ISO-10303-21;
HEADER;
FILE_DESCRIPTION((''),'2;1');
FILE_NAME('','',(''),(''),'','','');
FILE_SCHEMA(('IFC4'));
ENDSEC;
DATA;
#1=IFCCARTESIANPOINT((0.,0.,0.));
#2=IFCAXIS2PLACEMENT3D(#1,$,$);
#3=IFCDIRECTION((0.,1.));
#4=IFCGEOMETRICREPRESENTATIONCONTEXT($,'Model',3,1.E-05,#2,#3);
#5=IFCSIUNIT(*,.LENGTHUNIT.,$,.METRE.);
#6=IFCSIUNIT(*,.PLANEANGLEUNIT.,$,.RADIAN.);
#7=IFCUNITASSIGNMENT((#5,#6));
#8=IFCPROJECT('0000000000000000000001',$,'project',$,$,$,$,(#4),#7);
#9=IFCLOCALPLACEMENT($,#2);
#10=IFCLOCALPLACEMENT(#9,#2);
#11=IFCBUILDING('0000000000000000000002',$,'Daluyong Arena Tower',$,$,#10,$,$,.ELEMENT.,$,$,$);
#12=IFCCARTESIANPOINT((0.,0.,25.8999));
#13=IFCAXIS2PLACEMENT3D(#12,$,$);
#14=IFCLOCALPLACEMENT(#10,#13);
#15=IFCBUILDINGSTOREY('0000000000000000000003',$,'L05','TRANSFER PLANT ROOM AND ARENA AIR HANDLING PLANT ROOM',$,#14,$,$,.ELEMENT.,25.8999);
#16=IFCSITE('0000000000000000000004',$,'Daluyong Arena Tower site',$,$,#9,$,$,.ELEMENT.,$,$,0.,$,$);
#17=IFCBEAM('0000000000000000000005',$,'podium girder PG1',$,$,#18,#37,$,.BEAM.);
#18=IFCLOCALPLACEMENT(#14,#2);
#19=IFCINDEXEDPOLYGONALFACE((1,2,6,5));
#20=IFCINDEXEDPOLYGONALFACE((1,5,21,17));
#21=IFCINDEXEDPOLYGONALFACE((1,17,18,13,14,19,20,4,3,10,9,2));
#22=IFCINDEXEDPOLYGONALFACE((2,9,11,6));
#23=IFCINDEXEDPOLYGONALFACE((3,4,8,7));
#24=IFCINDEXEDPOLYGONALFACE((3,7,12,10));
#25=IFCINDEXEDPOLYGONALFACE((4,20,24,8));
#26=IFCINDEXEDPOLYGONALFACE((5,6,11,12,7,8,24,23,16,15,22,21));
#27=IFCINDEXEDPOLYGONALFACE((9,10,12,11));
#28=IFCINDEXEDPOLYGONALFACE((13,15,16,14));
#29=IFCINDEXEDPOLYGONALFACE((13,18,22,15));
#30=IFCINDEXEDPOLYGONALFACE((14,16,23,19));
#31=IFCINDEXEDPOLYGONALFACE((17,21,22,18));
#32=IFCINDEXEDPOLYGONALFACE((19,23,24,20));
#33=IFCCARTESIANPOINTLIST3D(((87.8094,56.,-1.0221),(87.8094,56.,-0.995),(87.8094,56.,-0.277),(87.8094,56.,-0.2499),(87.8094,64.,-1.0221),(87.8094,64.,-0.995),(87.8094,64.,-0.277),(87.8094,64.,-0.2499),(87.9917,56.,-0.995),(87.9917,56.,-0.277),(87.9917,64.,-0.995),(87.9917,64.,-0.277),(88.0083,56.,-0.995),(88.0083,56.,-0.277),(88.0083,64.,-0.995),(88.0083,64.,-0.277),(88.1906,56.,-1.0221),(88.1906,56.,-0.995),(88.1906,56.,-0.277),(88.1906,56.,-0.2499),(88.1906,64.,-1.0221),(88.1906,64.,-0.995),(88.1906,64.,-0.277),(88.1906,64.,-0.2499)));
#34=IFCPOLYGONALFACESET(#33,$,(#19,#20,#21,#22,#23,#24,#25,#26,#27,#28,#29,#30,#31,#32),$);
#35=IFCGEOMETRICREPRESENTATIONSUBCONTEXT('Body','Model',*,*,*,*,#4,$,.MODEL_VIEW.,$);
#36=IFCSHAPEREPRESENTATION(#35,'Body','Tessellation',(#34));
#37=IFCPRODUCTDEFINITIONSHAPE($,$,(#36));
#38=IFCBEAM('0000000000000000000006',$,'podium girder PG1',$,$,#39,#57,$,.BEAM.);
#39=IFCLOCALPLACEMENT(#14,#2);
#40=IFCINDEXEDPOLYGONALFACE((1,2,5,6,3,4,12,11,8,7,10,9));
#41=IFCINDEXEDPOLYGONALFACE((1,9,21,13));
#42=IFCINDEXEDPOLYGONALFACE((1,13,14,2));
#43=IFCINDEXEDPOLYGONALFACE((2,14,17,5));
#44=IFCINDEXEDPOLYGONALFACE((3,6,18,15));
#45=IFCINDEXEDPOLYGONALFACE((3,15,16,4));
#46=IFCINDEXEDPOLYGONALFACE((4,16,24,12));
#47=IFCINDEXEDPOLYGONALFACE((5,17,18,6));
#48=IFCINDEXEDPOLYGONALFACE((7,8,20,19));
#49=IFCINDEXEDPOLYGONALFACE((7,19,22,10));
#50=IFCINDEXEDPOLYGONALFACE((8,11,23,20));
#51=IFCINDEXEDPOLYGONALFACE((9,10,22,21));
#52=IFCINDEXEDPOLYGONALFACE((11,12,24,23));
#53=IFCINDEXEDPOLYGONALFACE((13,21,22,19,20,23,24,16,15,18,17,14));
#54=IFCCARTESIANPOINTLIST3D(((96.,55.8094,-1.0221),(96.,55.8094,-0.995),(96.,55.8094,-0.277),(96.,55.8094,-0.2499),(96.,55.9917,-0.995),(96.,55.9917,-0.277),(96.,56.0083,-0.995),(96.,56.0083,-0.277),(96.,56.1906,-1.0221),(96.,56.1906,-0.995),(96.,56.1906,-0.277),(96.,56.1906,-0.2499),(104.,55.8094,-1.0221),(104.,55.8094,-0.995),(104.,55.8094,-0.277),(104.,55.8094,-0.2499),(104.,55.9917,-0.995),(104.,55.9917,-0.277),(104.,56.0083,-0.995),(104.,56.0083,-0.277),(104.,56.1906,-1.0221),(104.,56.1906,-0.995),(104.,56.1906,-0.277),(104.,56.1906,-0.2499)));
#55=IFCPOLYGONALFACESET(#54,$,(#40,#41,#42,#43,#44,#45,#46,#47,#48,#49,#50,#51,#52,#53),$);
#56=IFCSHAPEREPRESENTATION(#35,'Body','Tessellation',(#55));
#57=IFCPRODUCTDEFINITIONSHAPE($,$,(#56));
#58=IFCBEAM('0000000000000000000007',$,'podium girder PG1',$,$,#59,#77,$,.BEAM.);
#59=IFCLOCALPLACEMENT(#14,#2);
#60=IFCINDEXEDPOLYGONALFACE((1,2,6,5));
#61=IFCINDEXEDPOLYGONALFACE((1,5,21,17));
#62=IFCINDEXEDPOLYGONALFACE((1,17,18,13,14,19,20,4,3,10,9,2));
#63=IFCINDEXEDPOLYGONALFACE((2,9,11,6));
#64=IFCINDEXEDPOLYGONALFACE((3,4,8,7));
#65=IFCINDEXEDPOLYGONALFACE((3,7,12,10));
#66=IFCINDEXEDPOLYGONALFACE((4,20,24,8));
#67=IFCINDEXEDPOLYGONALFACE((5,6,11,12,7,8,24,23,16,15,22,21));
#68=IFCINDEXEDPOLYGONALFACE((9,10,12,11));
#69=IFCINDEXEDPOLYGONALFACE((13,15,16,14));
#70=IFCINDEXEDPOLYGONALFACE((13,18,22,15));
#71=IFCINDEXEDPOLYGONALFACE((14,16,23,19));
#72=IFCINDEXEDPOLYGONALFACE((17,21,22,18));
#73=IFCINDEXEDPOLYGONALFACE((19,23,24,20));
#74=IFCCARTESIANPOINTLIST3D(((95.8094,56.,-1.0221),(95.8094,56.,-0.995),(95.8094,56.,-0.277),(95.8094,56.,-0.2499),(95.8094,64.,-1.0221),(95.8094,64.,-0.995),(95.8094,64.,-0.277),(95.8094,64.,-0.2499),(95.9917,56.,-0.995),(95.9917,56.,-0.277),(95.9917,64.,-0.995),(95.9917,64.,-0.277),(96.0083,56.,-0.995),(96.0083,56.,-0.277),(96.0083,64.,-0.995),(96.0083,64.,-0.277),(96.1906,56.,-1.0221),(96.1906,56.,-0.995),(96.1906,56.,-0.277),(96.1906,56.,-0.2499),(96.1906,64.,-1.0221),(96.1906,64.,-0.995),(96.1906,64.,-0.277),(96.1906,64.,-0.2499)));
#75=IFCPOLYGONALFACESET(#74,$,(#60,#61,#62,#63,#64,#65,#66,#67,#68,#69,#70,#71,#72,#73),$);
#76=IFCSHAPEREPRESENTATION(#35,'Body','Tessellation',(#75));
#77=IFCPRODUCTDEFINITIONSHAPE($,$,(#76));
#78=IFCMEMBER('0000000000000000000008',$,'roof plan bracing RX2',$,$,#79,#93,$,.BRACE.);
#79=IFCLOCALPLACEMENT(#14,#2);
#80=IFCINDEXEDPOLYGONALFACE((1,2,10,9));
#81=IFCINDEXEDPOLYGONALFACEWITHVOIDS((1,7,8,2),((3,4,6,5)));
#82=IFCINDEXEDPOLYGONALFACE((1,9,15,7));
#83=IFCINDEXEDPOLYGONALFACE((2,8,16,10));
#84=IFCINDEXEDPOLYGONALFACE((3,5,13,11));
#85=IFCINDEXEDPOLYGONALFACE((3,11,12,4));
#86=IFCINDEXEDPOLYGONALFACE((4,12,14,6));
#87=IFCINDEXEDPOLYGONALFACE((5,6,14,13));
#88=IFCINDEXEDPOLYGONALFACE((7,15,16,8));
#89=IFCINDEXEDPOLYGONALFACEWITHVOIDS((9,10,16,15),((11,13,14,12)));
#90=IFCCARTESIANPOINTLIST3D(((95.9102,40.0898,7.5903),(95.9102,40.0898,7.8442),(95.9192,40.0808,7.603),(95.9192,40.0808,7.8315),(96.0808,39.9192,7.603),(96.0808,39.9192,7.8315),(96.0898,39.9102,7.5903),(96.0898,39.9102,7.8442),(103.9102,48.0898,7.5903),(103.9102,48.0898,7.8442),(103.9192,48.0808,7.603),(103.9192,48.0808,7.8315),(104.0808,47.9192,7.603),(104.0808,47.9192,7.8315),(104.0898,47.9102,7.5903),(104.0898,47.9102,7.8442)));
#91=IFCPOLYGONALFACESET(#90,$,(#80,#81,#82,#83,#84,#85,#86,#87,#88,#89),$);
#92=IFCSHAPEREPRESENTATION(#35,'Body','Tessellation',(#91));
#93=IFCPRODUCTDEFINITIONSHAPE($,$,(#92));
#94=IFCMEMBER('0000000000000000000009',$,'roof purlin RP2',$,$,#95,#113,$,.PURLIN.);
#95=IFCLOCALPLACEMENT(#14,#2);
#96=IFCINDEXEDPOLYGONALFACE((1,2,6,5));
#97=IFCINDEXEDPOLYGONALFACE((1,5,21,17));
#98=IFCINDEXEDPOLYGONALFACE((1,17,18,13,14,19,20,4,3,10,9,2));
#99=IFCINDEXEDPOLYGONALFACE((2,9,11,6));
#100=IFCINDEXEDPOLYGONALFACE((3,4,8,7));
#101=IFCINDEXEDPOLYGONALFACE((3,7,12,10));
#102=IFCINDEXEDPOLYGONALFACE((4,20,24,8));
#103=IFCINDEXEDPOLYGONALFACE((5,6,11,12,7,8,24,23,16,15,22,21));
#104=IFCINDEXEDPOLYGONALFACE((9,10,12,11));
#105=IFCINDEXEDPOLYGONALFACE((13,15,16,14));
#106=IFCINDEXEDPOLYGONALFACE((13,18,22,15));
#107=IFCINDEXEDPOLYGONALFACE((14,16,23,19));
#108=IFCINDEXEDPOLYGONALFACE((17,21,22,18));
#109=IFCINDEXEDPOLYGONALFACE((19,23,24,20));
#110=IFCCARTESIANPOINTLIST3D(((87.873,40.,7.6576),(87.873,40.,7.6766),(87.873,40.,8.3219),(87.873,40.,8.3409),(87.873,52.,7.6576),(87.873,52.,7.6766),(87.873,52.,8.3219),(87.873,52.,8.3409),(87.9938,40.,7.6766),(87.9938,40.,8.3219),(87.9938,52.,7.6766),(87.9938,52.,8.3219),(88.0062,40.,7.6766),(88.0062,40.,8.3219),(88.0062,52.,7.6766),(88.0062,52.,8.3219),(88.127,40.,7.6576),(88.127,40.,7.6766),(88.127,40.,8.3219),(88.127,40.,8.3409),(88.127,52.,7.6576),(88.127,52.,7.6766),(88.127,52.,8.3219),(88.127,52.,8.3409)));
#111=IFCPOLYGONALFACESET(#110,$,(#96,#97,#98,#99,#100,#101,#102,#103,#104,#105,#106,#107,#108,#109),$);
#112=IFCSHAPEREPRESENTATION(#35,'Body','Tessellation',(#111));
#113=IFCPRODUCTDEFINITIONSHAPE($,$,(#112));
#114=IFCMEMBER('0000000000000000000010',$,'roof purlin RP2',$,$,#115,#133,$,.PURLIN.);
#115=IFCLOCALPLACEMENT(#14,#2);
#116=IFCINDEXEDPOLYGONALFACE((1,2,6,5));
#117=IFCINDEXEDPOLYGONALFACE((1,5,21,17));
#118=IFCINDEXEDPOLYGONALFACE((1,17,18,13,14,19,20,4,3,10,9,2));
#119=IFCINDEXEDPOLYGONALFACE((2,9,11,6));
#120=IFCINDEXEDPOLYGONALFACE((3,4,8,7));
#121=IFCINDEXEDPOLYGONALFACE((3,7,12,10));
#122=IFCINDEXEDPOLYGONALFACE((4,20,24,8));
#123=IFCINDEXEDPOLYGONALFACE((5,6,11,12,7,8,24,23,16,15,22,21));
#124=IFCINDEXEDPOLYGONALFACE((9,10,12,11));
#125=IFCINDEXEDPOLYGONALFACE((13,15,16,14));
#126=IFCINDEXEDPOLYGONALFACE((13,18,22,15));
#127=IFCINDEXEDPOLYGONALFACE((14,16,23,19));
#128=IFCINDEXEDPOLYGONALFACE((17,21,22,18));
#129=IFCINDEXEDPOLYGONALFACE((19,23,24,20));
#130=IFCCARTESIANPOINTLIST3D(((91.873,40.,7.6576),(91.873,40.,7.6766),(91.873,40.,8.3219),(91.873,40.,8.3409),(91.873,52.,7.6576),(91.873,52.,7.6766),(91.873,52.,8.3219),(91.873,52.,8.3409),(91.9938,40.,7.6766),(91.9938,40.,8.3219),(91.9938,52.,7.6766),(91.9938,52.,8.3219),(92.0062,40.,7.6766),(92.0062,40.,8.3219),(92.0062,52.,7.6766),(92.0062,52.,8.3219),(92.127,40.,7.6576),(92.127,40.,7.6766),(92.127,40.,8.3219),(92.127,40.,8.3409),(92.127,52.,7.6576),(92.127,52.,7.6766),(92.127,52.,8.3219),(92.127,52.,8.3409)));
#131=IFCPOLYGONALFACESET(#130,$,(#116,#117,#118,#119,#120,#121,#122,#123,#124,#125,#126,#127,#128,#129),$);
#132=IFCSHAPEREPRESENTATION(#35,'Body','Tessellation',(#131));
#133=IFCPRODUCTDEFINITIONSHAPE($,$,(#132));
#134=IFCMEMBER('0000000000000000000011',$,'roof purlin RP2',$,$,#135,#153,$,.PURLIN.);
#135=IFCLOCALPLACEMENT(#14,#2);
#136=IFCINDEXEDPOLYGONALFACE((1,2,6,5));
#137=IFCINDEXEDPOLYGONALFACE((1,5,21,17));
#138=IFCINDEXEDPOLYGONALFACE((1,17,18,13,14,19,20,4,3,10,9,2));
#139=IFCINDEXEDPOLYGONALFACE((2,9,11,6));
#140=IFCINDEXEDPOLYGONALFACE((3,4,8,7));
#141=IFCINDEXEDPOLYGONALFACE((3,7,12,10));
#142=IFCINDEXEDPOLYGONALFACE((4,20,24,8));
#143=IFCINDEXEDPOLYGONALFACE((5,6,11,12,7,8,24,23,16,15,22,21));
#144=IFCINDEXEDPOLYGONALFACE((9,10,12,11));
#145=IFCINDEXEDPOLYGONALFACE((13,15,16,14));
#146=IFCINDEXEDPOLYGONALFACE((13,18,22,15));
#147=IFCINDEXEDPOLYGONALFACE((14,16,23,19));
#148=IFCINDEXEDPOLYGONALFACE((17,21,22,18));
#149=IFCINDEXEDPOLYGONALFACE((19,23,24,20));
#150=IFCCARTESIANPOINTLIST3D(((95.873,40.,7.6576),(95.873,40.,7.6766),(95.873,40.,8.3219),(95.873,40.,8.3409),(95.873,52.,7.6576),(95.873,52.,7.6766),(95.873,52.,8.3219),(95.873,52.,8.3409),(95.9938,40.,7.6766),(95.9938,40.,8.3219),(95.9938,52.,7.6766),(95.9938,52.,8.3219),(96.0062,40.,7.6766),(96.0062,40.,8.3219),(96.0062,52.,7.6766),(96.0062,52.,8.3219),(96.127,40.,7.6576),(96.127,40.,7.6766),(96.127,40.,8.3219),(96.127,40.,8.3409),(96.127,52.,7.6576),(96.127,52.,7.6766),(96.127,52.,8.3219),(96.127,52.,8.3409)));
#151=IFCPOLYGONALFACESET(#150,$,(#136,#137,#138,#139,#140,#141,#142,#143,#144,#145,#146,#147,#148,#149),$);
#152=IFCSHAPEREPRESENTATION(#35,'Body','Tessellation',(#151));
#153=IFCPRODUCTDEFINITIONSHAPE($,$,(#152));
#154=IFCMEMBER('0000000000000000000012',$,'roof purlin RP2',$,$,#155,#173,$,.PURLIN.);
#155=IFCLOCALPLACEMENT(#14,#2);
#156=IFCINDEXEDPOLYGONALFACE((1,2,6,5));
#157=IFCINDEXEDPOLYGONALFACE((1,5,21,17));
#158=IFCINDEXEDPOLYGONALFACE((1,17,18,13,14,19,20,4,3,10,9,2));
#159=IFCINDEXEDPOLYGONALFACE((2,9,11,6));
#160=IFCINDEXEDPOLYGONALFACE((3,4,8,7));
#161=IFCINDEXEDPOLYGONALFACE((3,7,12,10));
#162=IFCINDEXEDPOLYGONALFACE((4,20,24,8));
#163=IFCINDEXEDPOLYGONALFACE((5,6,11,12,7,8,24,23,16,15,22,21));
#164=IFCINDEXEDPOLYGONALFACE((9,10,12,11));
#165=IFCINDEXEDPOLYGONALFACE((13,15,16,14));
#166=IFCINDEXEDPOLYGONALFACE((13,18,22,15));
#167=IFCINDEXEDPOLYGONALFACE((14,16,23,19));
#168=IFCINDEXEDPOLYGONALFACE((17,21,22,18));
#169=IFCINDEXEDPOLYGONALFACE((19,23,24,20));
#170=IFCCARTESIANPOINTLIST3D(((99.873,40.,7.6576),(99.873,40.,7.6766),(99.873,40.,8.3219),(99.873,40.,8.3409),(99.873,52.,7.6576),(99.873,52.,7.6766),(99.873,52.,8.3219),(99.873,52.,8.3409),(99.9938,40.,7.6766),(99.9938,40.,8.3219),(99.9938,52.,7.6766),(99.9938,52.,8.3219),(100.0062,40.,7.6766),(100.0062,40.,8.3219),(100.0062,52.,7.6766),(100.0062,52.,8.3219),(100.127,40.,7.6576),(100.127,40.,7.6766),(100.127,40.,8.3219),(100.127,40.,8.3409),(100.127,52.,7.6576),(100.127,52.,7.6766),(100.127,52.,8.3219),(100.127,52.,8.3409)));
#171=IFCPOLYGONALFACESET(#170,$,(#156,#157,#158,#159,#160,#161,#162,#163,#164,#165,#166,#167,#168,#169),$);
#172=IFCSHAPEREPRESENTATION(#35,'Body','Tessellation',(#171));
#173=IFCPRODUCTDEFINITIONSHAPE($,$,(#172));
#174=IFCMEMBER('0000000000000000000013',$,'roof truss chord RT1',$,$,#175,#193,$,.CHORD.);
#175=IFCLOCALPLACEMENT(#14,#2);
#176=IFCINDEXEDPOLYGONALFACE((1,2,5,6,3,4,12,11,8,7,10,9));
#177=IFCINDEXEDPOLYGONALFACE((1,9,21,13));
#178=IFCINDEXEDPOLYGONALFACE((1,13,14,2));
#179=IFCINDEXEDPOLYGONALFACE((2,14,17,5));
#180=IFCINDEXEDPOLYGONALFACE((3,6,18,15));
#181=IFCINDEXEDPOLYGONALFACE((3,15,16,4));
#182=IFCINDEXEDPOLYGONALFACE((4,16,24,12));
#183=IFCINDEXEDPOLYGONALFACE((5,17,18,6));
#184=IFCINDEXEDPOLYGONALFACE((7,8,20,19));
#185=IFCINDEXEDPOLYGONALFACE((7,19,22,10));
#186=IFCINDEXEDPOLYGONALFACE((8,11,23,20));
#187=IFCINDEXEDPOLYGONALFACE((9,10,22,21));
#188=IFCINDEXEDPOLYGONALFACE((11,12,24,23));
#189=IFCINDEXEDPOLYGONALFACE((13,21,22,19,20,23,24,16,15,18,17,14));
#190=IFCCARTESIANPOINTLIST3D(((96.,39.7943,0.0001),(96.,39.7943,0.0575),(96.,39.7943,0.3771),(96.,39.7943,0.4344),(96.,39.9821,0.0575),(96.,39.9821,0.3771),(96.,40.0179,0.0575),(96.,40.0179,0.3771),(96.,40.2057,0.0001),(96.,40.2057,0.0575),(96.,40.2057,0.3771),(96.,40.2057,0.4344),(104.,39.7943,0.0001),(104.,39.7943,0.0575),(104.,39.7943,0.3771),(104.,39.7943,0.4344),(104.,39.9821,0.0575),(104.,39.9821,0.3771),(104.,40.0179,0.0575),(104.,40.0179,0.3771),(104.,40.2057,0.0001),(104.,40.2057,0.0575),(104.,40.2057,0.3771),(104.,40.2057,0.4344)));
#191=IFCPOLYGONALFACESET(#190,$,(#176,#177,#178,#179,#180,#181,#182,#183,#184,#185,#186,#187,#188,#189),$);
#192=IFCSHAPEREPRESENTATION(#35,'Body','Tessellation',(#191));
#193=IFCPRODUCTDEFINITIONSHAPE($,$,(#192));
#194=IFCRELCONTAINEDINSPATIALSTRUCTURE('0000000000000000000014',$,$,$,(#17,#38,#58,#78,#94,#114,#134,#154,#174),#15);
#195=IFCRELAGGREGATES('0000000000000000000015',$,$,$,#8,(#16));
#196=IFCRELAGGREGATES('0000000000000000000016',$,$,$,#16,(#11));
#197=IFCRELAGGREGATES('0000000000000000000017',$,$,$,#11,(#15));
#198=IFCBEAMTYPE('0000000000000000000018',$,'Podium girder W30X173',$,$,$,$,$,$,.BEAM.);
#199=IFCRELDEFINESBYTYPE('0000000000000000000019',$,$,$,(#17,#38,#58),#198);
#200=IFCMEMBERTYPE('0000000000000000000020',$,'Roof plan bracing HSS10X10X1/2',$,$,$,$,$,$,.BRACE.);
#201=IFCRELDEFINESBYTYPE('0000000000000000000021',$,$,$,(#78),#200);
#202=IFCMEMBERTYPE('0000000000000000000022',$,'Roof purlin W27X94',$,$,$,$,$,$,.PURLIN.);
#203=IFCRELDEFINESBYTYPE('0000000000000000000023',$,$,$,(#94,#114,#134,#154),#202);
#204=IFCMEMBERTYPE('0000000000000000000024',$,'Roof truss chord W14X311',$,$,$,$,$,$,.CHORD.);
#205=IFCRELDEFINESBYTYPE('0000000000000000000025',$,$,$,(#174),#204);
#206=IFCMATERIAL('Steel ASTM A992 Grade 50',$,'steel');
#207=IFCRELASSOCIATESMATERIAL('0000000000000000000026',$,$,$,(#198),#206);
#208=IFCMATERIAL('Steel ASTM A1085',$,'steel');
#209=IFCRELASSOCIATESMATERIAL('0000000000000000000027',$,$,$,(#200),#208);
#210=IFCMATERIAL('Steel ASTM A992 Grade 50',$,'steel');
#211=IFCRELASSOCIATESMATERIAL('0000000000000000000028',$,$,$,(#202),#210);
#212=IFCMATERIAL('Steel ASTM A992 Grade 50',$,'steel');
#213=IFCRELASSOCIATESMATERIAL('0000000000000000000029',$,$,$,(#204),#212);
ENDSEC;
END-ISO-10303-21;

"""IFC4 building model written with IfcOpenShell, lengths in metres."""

from ifc_helpers import new_model, si_unit, direction, frame, origin, origin_2d, place, context, subcontext, project, spatial, hollow_rectangle, i_section, extrude, material, material_profile, profile_set, type_object, element, save


model = new_model("IFC4")

# Units and contexts
model_context = context("Model", 3, precision=1e-05, world=origin(), true_north=direction((0.0, 1.0)))
body_context = subcontext(model_context, "Body", "Model", "MODEL_VIEW")
ifc_project = project(units=[si_unit("LENGTHUNIT", "METRE"), si_unit("PLANEANGLEUNIT", "RADIAN")], contexts=[model_context])

# Site, building, storey
site_placement = place(None, origin())
site = spatial("IfcSite", under=ifc_project, at=site_placement, Name="Daluyong Arena Tower site", CompositionType="ELEMENT", RefElevation=0.0)
building_placement = place(site_placement, origin())
building = spatial("IfcBuilding", under=site, at=building_placement, Name="Daluyong Arena Tower", CompositionType="ELEMENT")
storey_placement = place(building_placement, frame((0.0, 0.0, 25.8999)))
storey = spatial("IfcBuildingStorey", under=building, at=storey_placement, Name="L05", Description="TRANSFER PLANT ROOM AND ARENA AIR HANDLING PLANT ROOM", CompositionType="ELEMENT", Elevation=25.8999)

# Beams
ifc_material_1 = material(Name="Steel ASTM A992 Grade 50", Category="steel")
ifc_material_profile_1 = material_profile(ifc_material_1, i_section(OverallWidth=0.3811, OverallDepth=0.7722, WebThickness=0.0166, FlangeThickness=0.0271, at=origin_2d()))
ifc_profile_set_1 = profile_set([ifc_material_profile_1], Name="Steel ASTM A992 Grade 50")
beam_type = type_object("IfcBeamType", Name="Podium girder W30X173", PredefinedType="BEAM", material=ifc_profile_set_1)
for number, where, z_axis, x_axis, name in (
    (1, (88.0, 56.0, -0.636), (0.0, 1.0, 0.0), (-1.0, 0.0, 0.0), "podium girder PG1"),
    (2, (96.0, 56.0, -0.636), (1.0, 0.0, 0.0), (0.0, 1.0, 0.0), "podium girder PG1"),
    (3, (96.0, 56.0, -0.636), (0.0, 1.0, 0.0), (-1.0, 0.0, 0.0), "podium girder PG1"),
):
    element("IfcBeam", number, at=place(storey_placement, frame(where, z_axis=z_axis, x_axis=x_axis)), inside=storey, type_object=beam_type, Name=name, PredefinedType="BEAM", context=body_context, shape_type="SweptSolid", body=[
        extrude(i_section(OverallWidth=0.3811, OverallDepth=0.7722, WebThickness=0.0166, FlangeThickness=0.0271, at=origin_2d()), origin(), (0.0, 0.0, 1.0), 8.0),
    ])

# Members
ifc_material_2 = material(Name="Steel ASTM A1085", Category="steel")
ifc_material_profile_2 = material_profile(ifc_material_2, hollow_rectangle(XDim=0.2539, YDim=0.2539, WallThickness=0.0127, at=origin_2d()))
ifc_profile_set_2 = profile_set([ifc_material_profile_2], Name="Steel ASTM A1085")
member_type_1 = type_object("IfcMemberType", Name="Roof plan bracing HSS10X10X1/2", PredefinedType="BRACE", material=ifc_profile_set_2)
member_placement = place(storey_placement, frame((96.0, 40.0, 7.7173), z_axis=(0.707107, 0.707107, 0.0), x_axis=(-0.707107, 0.707107, 0.0)))
element("IfcMember", 4, at=member_placement, inside=storey, type_object=member_type_1, Name="roof plan bracing RX2", PredefinedType="BRACE", context=body_context, shape_type="SweptSolid", body=[
    extrude(hollow_rectangle(XDim=0.2539, YDim=0.2539, WallThickness=0.0127, at=origin_2d()), origin(), (0.0, 0.0, 1.0), 11.3137),
])
ifc_material_3 = material(Name="Steel ASTM A992 Grade 50", Category="steel")
ifc_material_profile_3 = material_profile(ifc_material_3, i_section(OverallWidth=0.2539, OverallDepth=0.6833, WebThickness=0.0125, FlangeThickness=0.019, at=origin_2d()))
ifc_profile_set_3 = profile_set([ifc_material_profile_3], Name="Steel ASTM A992 Grade 50")
member_type_2 = type_object("IfcMemberType", Name="Roof purlin W27X94", PredefinedType="PURLIN", material=ifc_profile_set_3)
for number, where, z_axis, x_axis, name in (
    (5, (88.0, 40.0, 7.9993), (0.0, 1.0, 0.0), (-1.0, 0.0, 0.0), "roof purlin RP2"),
    (6, (92.0, 40.0, 7.9993), (0.0, 1.0, 0.0), (-1.0, 0.0, 0.0), "roof purlin RP2"),
    (7, (96.0, 40.0, 7.9993), (0.0, 1.0, 0.0), (-1.0, 0.0, 0.0), "roof purlin RP2"),
    (8, (100.0, 40.0, 7.9993), (0.0, 1.0, 0.0), (-1.0, 0.0, 0.0), "roof purlin RP2"),
):
    element("IfcMember", number, at=place(storey_placement, frame(where, z_axis=z_axis, x_axis=x_axis)), inside=storey, type_object=member_type_2, Name=name, PredefinedType="PURLIN", context=body_context, shape_type="SweptSolid", body=[
        extrude(i_section(OverallWidth=0.2539, OverallDepth=0.6833, WebThickness=0.0125, FlangeThickness=0.019, at=origin_2d()), origin(), (0.0, 0.0, 1.0), 12.0),
    ])
ifc_material_4 = material(Name="Steel ASTM A992 Grade 50", Category="steel")
ifc_material_profile_4 = material_profile(ifc_material_4, i_section(OverallWidth=0.4114, OverallDepth=0.4343, WebThickness=0.0359, FlangeThickness=0.0574, at=origin_2d()))
ifc_profile_set_4 = profile_set([ifc_material_profile_4], Name="Steel ASTM A992 Grade 50")
member_type_3 = type_object("IfcMemberType", Name="Roof truss chord W14X311", PredefinedType="CHORD", material=ifc_profile_set_4)
for number, where, z_axis, x_axis, name in (
    (9, (96.0, 40.0, 0.2173), (1.0, 0.0, 0.0), (0.0, 1.0, 0.0), "roof truss chord RT1"),
):
    element("IfcMember", number, at=place(storey_placement, frame(where, z_axis=z_axis, x_axis=x_axis)), inside=storey, type_object=member_type_3, Name=name, PredefinedType="CHORD", context=body_context, shape_type="SweptSolid", body=[
        extrude(i_section(OverallWidth=0.4114, OverallDepth=0.4343, WebThickness=0.0359, FlangeThickness=0.0574, at=origin_2d()), origin(), (0.0, 0.0, 1.0), 8.0),
    ])

save(model, "model.ifc")
